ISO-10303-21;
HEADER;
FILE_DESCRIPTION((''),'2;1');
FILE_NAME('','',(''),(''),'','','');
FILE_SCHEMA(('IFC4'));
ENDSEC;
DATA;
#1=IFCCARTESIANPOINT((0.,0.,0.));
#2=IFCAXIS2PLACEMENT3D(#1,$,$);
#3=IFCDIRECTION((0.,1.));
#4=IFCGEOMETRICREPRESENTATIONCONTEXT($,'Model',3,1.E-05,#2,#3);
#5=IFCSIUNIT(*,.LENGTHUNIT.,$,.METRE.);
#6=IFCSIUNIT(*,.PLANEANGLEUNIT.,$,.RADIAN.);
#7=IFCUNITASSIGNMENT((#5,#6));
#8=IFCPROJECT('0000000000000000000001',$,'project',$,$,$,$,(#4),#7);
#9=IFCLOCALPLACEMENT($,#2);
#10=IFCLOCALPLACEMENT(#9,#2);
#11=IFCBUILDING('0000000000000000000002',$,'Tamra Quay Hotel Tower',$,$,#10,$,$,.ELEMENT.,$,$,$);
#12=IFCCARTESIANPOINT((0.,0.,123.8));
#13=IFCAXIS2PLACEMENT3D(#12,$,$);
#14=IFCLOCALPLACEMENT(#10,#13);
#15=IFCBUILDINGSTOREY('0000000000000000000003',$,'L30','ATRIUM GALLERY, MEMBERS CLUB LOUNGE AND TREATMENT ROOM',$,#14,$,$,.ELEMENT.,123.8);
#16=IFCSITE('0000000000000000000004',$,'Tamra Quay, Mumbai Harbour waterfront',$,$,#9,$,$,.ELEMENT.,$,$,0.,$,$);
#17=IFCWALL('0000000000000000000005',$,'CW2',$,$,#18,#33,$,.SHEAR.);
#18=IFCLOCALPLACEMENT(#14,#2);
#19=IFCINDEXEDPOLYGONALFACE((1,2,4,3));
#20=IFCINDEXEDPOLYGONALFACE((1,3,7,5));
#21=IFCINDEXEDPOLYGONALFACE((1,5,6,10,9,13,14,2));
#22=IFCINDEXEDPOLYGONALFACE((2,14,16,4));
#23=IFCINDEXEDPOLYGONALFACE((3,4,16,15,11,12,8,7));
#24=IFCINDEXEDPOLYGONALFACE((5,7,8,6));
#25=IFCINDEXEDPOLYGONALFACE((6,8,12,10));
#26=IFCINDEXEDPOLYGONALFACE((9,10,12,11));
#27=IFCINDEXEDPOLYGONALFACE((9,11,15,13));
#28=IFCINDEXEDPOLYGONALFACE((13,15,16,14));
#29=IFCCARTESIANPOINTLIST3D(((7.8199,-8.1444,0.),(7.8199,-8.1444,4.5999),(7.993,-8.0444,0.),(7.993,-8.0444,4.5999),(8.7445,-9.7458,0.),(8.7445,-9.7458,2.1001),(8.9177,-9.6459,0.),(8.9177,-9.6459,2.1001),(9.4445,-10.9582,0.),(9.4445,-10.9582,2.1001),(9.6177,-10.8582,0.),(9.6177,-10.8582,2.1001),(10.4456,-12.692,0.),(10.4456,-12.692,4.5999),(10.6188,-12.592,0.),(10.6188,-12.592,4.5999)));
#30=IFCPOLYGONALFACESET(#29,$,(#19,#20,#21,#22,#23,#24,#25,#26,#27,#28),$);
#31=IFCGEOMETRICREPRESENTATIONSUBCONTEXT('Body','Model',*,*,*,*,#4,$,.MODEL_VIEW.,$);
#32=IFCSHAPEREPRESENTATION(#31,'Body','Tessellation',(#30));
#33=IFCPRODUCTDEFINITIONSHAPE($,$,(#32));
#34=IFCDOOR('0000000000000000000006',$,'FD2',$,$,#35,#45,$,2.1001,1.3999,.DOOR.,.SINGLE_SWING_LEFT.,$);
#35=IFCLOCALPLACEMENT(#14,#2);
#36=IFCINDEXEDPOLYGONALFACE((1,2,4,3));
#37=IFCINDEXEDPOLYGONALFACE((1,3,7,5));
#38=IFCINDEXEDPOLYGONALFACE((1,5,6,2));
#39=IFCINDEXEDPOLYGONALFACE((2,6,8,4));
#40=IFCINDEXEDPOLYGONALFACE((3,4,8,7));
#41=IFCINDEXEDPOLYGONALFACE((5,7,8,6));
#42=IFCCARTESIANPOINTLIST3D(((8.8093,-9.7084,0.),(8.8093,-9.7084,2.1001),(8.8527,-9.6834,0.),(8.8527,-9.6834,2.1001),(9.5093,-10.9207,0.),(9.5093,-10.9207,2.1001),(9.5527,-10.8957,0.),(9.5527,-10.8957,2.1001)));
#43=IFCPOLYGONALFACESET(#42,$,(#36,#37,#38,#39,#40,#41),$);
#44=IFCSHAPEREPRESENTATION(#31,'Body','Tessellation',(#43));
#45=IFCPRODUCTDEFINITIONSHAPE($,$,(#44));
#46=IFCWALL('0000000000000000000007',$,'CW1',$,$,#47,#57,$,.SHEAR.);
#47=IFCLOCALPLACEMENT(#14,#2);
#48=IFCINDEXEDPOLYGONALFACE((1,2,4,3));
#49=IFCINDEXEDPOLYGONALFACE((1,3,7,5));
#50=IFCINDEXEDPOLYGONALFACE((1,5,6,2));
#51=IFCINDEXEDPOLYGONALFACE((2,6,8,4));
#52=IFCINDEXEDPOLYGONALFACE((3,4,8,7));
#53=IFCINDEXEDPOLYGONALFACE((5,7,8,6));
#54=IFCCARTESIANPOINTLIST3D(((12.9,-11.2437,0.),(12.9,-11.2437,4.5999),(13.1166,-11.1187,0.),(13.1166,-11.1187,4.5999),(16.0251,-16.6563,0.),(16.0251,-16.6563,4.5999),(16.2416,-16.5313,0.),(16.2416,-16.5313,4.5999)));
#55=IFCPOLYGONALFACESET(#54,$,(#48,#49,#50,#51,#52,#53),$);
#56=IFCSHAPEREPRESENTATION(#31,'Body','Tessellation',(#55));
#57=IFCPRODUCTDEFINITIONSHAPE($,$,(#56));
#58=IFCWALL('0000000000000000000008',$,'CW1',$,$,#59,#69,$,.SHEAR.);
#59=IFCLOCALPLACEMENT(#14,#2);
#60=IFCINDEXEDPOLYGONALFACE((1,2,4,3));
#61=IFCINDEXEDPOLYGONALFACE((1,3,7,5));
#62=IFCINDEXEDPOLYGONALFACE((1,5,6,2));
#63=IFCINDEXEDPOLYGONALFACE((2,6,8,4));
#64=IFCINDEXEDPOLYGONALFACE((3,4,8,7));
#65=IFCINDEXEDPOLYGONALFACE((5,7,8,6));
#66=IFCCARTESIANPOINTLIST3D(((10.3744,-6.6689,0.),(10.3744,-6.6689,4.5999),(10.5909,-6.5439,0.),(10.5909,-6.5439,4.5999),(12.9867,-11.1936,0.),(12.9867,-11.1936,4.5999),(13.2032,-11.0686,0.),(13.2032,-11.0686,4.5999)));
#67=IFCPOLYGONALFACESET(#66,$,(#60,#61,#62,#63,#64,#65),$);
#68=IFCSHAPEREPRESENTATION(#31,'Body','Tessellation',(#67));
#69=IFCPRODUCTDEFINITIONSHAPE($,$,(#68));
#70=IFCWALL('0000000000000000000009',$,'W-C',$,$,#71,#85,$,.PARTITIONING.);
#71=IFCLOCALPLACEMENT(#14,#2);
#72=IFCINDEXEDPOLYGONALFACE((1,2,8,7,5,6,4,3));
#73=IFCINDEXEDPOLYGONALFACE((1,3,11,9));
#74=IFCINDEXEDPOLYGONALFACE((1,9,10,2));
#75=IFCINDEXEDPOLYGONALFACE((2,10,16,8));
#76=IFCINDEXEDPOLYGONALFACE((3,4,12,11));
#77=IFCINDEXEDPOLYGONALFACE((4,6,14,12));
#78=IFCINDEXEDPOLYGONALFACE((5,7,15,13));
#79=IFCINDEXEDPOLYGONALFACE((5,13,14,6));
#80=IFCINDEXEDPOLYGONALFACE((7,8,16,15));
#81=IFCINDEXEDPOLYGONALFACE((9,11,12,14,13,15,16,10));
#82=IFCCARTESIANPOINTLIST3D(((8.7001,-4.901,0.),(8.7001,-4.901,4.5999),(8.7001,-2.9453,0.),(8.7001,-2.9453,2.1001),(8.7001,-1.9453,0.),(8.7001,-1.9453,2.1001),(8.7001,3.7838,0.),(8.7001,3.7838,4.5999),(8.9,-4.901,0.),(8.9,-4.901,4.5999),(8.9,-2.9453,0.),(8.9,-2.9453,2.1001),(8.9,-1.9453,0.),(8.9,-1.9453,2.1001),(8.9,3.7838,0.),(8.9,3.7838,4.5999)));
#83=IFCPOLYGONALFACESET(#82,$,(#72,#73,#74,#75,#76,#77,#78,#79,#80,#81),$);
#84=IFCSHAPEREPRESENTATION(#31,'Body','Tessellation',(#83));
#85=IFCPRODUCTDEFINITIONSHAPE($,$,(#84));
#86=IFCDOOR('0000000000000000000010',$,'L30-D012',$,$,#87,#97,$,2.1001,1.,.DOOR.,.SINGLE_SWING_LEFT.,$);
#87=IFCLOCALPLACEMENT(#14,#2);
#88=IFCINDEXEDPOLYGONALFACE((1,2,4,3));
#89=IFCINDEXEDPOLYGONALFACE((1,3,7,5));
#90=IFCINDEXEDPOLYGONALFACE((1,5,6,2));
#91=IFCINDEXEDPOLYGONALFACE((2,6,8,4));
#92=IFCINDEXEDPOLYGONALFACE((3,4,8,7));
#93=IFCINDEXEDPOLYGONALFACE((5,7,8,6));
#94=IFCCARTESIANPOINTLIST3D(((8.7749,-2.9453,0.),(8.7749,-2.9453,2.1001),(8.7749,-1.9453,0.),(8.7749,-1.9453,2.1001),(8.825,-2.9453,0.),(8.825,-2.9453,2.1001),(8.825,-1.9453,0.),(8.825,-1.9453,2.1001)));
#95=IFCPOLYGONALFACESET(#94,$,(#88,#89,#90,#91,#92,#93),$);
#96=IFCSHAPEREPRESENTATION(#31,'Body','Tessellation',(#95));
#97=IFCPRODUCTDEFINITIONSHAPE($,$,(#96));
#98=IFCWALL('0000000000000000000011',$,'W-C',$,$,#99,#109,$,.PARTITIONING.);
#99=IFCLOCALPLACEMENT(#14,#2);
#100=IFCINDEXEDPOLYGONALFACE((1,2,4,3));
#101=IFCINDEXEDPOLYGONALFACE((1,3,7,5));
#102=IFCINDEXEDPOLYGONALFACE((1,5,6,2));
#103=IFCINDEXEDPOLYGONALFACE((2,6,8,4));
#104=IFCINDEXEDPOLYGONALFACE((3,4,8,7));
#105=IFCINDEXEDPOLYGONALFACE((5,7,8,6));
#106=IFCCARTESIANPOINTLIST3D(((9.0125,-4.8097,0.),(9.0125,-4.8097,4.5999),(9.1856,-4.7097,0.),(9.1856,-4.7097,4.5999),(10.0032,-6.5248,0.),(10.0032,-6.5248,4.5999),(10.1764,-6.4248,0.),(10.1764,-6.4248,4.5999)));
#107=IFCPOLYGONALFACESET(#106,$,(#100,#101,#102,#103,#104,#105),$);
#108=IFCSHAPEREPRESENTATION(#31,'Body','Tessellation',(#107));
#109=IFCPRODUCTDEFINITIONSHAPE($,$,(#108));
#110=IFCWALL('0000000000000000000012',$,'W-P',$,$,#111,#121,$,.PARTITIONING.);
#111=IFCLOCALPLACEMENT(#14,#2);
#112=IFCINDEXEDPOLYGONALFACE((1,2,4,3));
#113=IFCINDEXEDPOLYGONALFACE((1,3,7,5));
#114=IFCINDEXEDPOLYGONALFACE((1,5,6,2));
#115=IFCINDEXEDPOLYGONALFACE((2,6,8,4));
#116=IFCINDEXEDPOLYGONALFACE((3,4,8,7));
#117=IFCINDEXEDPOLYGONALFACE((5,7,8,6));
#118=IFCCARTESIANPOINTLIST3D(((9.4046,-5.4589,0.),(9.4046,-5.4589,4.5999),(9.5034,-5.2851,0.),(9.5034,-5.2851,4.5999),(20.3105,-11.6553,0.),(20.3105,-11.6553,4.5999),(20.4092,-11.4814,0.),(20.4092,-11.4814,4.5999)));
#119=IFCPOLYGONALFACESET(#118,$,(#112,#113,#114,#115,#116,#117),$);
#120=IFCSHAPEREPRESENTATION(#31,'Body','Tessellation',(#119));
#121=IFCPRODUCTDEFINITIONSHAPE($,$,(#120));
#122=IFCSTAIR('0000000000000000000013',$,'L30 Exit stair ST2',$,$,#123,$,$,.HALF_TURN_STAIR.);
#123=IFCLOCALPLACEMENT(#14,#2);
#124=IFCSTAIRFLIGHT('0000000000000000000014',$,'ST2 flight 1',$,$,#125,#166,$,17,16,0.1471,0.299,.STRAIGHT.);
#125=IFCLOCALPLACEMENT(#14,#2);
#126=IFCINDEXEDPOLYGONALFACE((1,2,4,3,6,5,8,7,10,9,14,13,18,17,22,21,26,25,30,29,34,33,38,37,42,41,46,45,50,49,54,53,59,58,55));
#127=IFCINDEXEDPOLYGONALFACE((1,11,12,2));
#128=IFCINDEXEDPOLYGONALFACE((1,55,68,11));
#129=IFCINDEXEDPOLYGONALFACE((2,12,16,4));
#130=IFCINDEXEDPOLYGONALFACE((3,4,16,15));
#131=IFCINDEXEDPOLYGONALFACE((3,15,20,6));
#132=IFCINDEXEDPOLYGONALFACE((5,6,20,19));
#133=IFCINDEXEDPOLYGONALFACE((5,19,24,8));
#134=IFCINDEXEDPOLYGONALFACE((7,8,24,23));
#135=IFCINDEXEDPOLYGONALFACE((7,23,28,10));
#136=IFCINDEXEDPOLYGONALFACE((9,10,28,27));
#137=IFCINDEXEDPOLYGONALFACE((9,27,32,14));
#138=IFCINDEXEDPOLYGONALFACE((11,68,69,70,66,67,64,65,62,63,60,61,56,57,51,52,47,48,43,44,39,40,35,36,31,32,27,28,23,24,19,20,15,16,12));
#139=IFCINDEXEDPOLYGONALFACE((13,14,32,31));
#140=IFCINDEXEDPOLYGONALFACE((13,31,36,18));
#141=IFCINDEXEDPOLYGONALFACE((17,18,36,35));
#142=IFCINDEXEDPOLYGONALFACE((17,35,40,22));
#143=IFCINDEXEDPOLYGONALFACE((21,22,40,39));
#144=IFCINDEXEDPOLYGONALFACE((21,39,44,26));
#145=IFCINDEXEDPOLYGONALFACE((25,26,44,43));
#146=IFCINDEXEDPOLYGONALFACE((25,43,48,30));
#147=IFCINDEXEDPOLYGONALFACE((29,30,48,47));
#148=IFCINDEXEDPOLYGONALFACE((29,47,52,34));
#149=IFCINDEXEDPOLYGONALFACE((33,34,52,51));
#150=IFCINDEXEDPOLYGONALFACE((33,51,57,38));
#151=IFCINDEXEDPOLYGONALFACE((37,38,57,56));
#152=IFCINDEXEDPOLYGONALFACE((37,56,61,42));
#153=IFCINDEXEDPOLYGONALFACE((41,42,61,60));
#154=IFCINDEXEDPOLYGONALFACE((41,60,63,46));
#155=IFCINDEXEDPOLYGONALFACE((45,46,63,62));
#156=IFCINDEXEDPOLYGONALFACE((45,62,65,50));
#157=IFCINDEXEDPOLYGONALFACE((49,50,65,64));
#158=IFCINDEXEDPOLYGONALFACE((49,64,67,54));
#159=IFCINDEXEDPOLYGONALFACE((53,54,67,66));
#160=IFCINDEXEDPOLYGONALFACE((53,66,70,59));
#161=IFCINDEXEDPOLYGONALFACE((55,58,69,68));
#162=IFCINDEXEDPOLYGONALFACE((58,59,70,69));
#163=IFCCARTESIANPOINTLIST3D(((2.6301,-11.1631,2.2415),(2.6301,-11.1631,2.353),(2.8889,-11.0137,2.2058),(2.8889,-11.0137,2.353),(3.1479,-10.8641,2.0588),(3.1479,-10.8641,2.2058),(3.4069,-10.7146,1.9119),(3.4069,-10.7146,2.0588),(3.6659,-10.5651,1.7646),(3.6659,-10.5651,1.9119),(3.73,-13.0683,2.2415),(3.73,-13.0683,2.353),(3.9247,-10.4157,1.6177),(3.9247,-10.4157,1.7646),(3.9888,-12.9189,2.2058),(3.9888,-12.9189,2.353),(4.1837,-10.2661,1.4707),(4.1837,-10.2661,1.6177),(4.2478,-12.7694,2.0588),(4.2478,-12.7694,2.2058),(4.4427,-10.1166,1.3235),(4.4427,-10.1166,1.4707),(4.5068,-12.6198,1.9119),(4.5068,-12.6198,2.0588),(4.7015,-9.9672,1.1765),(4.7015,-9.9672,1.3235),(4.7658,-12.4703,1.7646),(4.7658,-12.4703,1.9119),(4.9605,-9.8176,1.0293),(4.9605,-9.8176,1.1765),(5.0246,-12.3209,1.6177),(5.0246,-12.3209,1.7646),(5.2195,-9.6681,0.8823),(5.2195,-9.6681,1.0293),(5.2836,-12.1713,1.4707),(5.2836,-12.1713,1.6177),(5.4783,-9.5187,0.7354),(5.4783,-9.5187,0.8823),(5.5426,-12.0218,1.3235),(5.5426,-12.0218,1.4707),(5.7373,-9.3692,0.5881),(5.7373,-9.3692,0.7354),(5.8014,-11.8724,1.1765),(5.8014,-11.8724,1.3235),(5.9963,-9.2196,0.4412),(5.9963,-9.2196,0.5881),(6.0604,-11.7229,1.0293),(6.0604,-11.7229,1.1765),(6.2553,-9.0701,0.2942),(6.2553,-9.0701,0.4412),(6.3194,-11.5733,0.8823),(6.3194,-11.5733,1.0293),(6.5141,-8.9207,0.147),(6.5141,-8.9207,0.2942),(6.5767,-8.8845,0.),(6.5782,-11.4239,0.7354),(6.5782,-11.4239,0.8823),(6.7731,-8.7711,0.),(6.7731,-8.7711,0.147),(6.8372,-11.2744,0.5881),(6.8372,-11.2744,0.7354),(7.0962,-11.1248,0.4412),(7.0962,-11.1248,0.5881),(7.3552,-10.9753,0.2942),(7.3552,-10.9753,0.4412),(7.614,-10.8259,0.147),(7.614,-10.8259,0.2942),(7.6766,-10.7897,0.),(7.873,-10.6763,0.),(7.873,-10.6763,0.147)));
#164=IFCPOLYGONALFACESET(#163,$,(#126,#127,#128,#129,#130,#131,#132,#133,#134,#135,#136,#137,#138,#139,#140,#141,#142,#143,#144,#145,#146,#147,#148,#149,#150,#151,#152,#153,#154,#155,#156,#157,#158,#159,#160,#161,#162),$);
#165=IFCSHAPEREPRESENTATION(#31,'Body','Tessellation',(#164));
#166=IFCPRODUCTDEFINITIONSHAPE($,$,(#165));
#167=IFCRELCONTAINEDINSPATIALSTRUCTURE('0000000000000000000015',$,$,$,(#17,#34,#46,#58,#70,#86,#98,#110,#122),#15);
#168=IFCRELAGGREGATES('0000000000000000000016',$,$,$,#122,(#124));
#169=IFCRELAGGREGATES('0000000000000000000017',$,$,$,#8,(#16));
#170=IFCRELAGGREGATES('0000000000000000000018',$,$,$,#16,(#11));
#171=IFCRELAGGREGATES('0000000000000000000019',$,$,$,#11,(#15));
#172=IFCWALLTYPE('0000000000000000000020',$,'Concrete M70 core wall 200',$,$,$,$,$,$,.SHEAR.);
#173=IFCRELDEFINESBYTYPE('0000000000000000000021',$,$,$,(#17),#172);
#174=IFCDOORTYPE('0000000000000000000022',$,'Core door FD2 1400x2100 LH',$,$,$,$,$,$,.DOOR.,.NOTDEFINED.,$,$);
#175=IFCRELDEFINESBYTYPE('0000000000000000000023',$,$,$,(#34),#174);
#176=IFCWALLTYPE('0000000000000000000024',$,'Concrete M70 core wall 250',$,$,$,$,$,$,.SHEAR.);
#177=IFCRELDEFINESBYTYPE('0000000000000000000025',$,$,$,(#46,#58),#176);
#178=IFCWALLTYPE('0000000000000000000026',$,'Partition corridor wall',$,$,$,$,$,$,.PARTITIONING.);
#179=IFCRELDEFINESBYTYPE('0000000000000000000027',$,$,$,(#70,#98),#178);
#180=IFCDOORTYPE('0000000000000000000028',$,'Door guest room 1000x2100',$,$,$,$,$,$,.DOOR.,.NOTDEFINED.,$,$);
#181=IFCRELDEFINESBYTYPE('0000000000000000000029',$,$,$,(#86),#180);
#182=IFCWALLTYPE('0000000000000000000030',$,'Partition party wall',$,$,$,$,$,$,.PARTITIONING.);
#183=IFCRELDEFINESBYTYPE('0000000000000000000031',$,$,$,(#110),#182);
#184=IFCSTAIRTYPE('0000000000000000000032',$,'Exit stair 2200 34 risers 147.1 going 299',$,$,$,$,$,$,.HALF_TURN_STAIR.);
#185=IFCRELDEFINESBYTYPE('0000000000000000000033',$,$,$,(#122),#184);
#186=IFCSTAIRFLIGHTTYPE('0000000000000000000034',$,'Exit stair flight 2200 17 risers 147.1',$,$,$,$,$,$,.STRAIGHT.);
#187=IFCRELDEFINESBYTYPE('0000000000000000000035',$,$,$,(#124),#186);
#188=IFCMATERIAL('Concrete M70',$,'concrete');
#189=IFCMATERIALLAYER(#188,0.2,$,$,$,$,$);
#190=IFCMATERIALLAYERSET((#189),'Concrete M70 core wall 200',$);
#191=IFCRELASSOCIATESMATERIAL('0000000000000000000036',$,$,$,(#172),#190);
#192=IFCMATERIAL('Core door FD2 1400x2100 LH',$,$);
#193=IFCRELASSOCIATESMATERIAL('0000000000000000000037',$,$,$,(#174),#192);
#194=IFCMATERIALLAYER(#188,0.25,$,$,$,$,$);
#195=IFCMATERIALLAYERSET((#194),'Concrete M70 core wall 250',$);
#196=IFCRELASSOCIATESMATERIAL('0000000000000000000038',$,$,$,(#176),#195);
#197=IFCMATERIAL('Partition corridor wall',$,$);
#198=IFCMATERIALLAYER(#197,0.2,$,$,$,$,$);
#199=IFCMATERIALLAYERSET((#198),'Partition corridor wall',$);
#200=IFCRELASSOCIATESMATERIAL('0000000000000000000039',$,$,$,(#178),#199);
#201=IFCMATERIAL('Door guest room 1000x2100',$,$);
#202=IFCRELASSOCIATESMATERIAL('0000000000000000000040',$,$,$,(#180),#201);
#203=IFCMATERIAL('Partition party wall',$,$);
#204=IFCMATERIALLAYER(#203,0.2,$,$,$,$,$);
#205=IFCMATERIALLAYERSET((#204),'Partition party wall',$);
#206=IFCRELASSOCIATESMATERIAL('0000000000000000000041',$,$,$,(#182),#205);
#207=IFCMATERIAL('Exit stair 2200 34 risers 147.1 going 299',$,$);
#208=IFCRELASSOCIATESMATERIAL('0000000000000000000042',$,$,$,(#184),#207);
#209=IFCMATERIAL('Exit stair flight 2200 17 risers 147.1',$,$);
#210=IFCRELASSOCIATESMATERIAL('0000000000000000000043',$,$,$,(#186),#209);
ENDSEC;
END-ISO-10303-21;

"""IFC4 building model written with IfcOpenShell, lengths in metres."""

from ifc_helpers import new_model, si_unit, direction, frame, frame_2d, origin, place, context, subcontext, project, spatial, polyline, rectangle, outline, extrude, material, layer, layer_set, type_object, element, fill, aggregate, save


model = new_model("IFC4")

# Units and contexts
model_context = context("Model", 3, precision=1e-05, world=origin(), true_north=direction((0.0, 1.0)))
body_context = subcontext(model_context, "Body", "Model", "MODEL_VIEW")
ifc_project = project(units=[si_unit("LENGTHUNIT", "METRE"), si_unit("PLANEANGLEUNIT", "RADIAN")], contexts=[model_context])

# Site, building, storey
site_placement = place(None, origin())
site = spatial("IfcSite", under=ifc_project, at=site_placement, Name="Tamra Quay, Mumbai Harbour waterfront", CompositionType="ELEMENT", RefElevation=0.0)
building_placement = place(site_placement, origin())
building = spatial("IfcBuilding", under=site, at=building_placement, Name="Tamra Quay Hotel Tower", CompositionType="ELEMENT")
storey_placement = place(building_placement, frame((0.0, 0.0, 123.8)))
storey = spatial("IfcBuildingStorey", under=building, at=storey_placement, Name="L30", Description="ATRIUM GALLERY, MEMBERS CLUB LOUNGE AND TREATMENT ROOM", CompositionType="ELEMENT", Elevation=123.8)

# Shared definitions
ifc_material_1 = material(Name="Concrete M70", Category="concrete")

# Wall, opening, door
ifc_layer_1 = layer(ifc_material_1, 0.2)
ifc_layer_set_1 = layer_set([ifc_layer_1], Name="Concrete M70 core wall 200")
wall_type_1 = type_object("IfcWallType", Name="Concrete M70 core wall 200", PredefinedType="SHEAR", material=ifc_layer_set_1)
wall_1_placement = place(storey_placement, frame((7.9065, -8.0945, 0.0), z_axis=(0.0, 0.0, 1.0), x_axis=(0.500024, -0.866011, 0.0)))
wall_1 = element("IfcWall", 1, at=wall_1_placement, inside=storey, type_object=wall_type_1, Name="CW2", PredefinedType="SHEAR", context=body_context, shape_type="SweptSolid", body=[
    extrude(rectangle(XDim=5.2512, YDim=0.2, at=frame_2d((2.6255, 0.0))), origin(), (0.0, 0.0, 1.0), 4.5999),
])
opening_1_placement = place(wall_1_placement, frame((1.8491, 0.0, 0.0)))
opening_1 = element("IfcOpeningElement", 2, at=opening_1_placement, cuts=wall_1, PredefinedType="OPENING", context=body_context, shape_type="SweptSolid", body=[
    extrude(rectangle(XDim=1.3999, YDim=2.1001, at=frame_2d((0.7, 1.05))), frame((0.0, 0.1099, 0.0), z_axis=(0.0, -1.0, 0.0), x_axis=(1.0, 0.0, 0.0)), (0.0, 0.0, 1.0), 0.22),
])
ifc_material_2 = material(Name="Core door FD2 1400x2100 LH")
door_type_1 = type_object("IfcDoorType", Name="Core door FD2 1400x2100 LH", OperationType="NOTDEFINED", PredefinedType="DOOR", material=ifc_material_2)
door_1_placement = place(opening_1_placement, origin())
door_1 = element("IfcDoor", 3, at=door_1_placement, inside=storey, type_object=door_type_1, Name="FD2", OperationType="SINGLE_SWING_LEFT", OverallHeight=2.1001, OverallWidth=1.3999, PredefinedType="DOOR", context=body_context, shape_type="SweptSolid", body=[
    extrude(rectangle(XDim=1.3999, YDim=2.1001, at=frame_2d((0.7, 1.05))), frame((0.0, 0.0249, 0.0), z_axis=(0.0, -1.0, 0.0), x_axis=(1.0, 0.0, 0.0)), (0.0, 0.0, 1.0), 0.05),
])
fill(opening_1, door_1)

# Walls
ifc_layer_2 = layer(ifc_material_1, 0.25)
ifc_layer_set_2 = layer_set([ifc_layer_2], Name="Concrete M70 core wall 250")
wall_type_2 = type_object("IfcWallType", Name="Concrete M70 core wall 250", PredefinedType="SHEAR", material=ifc_layer_set_2)
wall_2_placement = place(storey_placement, frame((13.0083, -11.1812, 0.0), z_axis=(0.0, 0.0, 1.0), x_axis=(0.500004, -0.866023, 0.0)))
element("IfcWall", 4, at=wall_2_placement, inside=storey, type_object=wall_type_2, Name="CW1", PredefinedType="SHEAR", context=body_context, shape_type="SweptSolid", body=[
    extrude(rectangle(XDim=6.25, YDim=0.25, at=frame_2d((3.125, 0.0))), origin(), (0.0, 0.0, 1.0), 4.5999),
])
wall_3_placement = place(storey_placement, frame((10.4827, -6.6064, 0.0), z_axis=(0.0, 0.0, 1.0), x_axis=(0.499999, -0.866026, 0.0)))
element("IfcWall", 5, at=wall_3_placement, inside=storey, type_object=wall_type_2, Name="CW1", PredefinedType="SHEAR", context=body_context, shape_type="SweptSolid", body=[
    extrude(rectangle(XDim=5.2246, YDim=0.25, at=frame_2d((2.6123, 0.0))), origin(), (0.0, 0.0, 1.0), 4.5999),
])

# Wall, opening, door
ifc_material_3 = material(Name="Partition corridor wall")
ifc_layer_3 = layer(ifc_material_3, 0.2)
ifc_layer_set_3 = layer_set([ifc_layer_3], Name="Partition corridor wall")
wall_type_3 = type_object("IfcWallType", Name="Partition corridor wall", PredefinedType="PARTITIONING", material=ifc_layer_set_3)
wall_4_placement = place(storey_placement, frame((8.8, -4.9009, 0.0), z_axis=(0.0, 0.0, 1.0), x_axis=(0.0, 1.0, 0.0)))
wall_4 = element("IfcWall", 6, at=wall_4_placement, inside=storey, type_object=wall_type_3, Name="W-C", PredefinedType="PARTITIONING", context=body_context, shape_type="SweptSolid", body=[
    extrude(rectangle(XDim=8.6848, YDim=0.2, at=frame_2d((4.3423, 0.0))), origin(), (0.0, 0.0, 1.0), 4.5999),
])
opening_2_placement = place(wall_4_placement, frame((1.9556, 0.0, 0.0)))
opening_2 = element("IfcOpeningElement", 7, at=opening_2_placement, cuts=wall_4, PredefinedType="OPENING", context=body_context, shape_type="SweptSolid", body=[
    extrude(rectangle(XDim=1.0, YDim=2.1001, at=frame_2d((0.5, 1.05))), frame((0.0, 0.1099, 0.0), z_axis=(0.0, -1.0, 0.0), x_axis=(1.0, 0.0, 0.0)), (0.0, 0.0, 1.0), 0.22),
])
ifc_material_4 = material(Name="Door guest room 1000x2100")
door_type_2 = type_object("IfcDoorType", Name="Door guest room 1000x2100", OperationType="NOTDEFINED", PredefinedType="DOOR", material=ifc_material_4)
door_2_placement = place(opening_2_placement, frame((1.0, 0.0, 0.0), z_axis=(0.0, 0.0, 1.0), x_axis=(-1.0, 0.0, 0.0)))
door_2 = element("IfcDoor", 8, at=door_2_placement, inside=storey, type_object=door_type_2, Name="L30-D012", OperationType="SINGLE_SWING_LEFT", OverallHeight=2.1001, OverallWidth=1.0, PredefinedType="DOOR", context=body_context, shape_type="SweptSolid", body=[
    extrude(rectangle(XDim=1.0, YDim=2.1001, at=frame_2d((0.5, 1.05))), frame((0.0, 0.0249, 0.0), z_axis=(0.0, -1.0, 0.0), x_axis=(1.0, 0.0, 0.0)), (0.0, 0.0, 1.0), 0.05),
])
fill(opening_2, door_2)

# Walls
wall_5_placement = place(storey_placement, frame((9.0991, -4.7598, 0.0), z_axis=(0.0, 0.0, 1.0), x_axis=(0.500195, -0.865913, 0.0)))
element("IfcWall", 9, at=wall_5_placement, inside=storey, type_object=wall_type_3, Name="W-C", PredefinedType="PARTITIONING", context=body_context, shape_type="SweptSolid", body=[
    extrude(rectangle(XDim=1.9807, YDim=0.2, at=frame_2d((0.9902, 0.0))), origin(), (0.0, 0.0, 1.0), 4.5999),
])
ifc_material_5 = material(Name="Partition party wall")
ifc_layer_4 = layer(ifc_material_5, 0.2)
ifc_layer_set_4 = layer_set([ifc_layer_4], Name="Partition party wall")
wall_type_4 = type_object("IfcWallType", Name="Partition party wall", PredefinedType="PARTITIONING", material=ifc_layer_set_4)
wall_6_placement = place(storey_placement, frame((9.4541, -5.3721, 0.0), z_axis=(0.0, 0.0, 1.0), x_axis=(0.869462, -0.493999, 0.0)))
element("IfcWall", 10, at=wall_6_placement, inside=storey, type_object=wall_type_4, Name="W-P", PredefinedType="PARTITIONING", context=body_context, shape_type="SweptSolid", body=[
    extrude(rectangle(XDim=12.5432, YDim=0.2, at=frame_2d((6.2715, 0.0))), origin(), (0.0, 0.0, 1.0), 4.5999),
])

# Stair, stair flight
ifc_material_6 = material(Name="Exit stair 2200 34 risers 147.1 going 299")
stair_type = type_object("IfcStairType", Name="Exit stair 2200 34 risers 147.1 going 299", PredefinedType="HALF_TURN_STAIR", material=ifc_material_6)
stair_placement = place(storey_placement, origin())
stair = element("IfcStair", 11, at=stair_placement, inside=storey, type_object=stair_type, Name="L30 Exit stair ST2", PredefinedType="HALF_TURN_STAIR")
ifc_material_7 = material(Name="Exit stair flight 2200 17 risers 147.1")
stair_flight_type = type_object("IfcStairFlightType", Name="Exit stair flight 2200 17 risers 147.1", PredefinedType="STRAIGHT", material=ifc_material_7)
stair_flight_placement = place(storey_placement, frame((7.323, -9.7236, 0.0), z_axis=(0.0, 0.0, 1.0), x_axis=(-0.866025, -0.5, 0.0)))
stair_flight = element("IfcStairFlight", 12, at=stair_flight_placement, type_object=stair_flight_type, Name="ST2 flight 1", NumberOfRisers=17, NumberOfTreads=16, PredefinedType="STRAIGHT", RiserHeight=0.1471, TreadLength=0.299, context=body_context, shape_type="SweptSolid", body=[
    extrude(outline(polyline([(0.0, 0.0), (0.0, 0.147), (0.2991, 0.147), (0.2991, 0.2942), (0.5979, 0.2942), (0.5979, 0.4412), (0.897, 0.4412), (0.897, 0.5881), (1.196, 0.5881), (1.196, 0.7354), (1.4951, 0.7354), (1.4951, 0.8823), (1.7939, 0.8823), (1.7939, 1.0293), (2.093, 1.0293), (2.093, 1.1765), (2.3921, 1.1765), (2.3921, 1.3235), (2.6909, 1.3235), (2.6909, 1.4707), (2.99, 1.4707), (2.99, 1.6177), (3.2891, 1.6177), (3.2891, 1.7646), (3.5879, 1.7646), (3.5879, 1.9119), (3.887, 1.9119), (3.887, 2.0588), (4.186, 2.0588), (4.186, 2.2058), (4.4851, 2.2058), (4.4851, 2.353), (4.7839, 2.353), (4.7839, 2.5), (4.7839, 2.2415), (0.2268, 0.0), (0.0, 0.0)])), frame((0.0, 1.1001, 0.0), z_axis=(0.0, -1.0, 0.0), x_axis=(1.0, 0.0, 0.0)), (0.0, 0.0, 1.0), 2.2),
])
aggregate(stair, [stair_flight])

save(model, "model.ifc")
